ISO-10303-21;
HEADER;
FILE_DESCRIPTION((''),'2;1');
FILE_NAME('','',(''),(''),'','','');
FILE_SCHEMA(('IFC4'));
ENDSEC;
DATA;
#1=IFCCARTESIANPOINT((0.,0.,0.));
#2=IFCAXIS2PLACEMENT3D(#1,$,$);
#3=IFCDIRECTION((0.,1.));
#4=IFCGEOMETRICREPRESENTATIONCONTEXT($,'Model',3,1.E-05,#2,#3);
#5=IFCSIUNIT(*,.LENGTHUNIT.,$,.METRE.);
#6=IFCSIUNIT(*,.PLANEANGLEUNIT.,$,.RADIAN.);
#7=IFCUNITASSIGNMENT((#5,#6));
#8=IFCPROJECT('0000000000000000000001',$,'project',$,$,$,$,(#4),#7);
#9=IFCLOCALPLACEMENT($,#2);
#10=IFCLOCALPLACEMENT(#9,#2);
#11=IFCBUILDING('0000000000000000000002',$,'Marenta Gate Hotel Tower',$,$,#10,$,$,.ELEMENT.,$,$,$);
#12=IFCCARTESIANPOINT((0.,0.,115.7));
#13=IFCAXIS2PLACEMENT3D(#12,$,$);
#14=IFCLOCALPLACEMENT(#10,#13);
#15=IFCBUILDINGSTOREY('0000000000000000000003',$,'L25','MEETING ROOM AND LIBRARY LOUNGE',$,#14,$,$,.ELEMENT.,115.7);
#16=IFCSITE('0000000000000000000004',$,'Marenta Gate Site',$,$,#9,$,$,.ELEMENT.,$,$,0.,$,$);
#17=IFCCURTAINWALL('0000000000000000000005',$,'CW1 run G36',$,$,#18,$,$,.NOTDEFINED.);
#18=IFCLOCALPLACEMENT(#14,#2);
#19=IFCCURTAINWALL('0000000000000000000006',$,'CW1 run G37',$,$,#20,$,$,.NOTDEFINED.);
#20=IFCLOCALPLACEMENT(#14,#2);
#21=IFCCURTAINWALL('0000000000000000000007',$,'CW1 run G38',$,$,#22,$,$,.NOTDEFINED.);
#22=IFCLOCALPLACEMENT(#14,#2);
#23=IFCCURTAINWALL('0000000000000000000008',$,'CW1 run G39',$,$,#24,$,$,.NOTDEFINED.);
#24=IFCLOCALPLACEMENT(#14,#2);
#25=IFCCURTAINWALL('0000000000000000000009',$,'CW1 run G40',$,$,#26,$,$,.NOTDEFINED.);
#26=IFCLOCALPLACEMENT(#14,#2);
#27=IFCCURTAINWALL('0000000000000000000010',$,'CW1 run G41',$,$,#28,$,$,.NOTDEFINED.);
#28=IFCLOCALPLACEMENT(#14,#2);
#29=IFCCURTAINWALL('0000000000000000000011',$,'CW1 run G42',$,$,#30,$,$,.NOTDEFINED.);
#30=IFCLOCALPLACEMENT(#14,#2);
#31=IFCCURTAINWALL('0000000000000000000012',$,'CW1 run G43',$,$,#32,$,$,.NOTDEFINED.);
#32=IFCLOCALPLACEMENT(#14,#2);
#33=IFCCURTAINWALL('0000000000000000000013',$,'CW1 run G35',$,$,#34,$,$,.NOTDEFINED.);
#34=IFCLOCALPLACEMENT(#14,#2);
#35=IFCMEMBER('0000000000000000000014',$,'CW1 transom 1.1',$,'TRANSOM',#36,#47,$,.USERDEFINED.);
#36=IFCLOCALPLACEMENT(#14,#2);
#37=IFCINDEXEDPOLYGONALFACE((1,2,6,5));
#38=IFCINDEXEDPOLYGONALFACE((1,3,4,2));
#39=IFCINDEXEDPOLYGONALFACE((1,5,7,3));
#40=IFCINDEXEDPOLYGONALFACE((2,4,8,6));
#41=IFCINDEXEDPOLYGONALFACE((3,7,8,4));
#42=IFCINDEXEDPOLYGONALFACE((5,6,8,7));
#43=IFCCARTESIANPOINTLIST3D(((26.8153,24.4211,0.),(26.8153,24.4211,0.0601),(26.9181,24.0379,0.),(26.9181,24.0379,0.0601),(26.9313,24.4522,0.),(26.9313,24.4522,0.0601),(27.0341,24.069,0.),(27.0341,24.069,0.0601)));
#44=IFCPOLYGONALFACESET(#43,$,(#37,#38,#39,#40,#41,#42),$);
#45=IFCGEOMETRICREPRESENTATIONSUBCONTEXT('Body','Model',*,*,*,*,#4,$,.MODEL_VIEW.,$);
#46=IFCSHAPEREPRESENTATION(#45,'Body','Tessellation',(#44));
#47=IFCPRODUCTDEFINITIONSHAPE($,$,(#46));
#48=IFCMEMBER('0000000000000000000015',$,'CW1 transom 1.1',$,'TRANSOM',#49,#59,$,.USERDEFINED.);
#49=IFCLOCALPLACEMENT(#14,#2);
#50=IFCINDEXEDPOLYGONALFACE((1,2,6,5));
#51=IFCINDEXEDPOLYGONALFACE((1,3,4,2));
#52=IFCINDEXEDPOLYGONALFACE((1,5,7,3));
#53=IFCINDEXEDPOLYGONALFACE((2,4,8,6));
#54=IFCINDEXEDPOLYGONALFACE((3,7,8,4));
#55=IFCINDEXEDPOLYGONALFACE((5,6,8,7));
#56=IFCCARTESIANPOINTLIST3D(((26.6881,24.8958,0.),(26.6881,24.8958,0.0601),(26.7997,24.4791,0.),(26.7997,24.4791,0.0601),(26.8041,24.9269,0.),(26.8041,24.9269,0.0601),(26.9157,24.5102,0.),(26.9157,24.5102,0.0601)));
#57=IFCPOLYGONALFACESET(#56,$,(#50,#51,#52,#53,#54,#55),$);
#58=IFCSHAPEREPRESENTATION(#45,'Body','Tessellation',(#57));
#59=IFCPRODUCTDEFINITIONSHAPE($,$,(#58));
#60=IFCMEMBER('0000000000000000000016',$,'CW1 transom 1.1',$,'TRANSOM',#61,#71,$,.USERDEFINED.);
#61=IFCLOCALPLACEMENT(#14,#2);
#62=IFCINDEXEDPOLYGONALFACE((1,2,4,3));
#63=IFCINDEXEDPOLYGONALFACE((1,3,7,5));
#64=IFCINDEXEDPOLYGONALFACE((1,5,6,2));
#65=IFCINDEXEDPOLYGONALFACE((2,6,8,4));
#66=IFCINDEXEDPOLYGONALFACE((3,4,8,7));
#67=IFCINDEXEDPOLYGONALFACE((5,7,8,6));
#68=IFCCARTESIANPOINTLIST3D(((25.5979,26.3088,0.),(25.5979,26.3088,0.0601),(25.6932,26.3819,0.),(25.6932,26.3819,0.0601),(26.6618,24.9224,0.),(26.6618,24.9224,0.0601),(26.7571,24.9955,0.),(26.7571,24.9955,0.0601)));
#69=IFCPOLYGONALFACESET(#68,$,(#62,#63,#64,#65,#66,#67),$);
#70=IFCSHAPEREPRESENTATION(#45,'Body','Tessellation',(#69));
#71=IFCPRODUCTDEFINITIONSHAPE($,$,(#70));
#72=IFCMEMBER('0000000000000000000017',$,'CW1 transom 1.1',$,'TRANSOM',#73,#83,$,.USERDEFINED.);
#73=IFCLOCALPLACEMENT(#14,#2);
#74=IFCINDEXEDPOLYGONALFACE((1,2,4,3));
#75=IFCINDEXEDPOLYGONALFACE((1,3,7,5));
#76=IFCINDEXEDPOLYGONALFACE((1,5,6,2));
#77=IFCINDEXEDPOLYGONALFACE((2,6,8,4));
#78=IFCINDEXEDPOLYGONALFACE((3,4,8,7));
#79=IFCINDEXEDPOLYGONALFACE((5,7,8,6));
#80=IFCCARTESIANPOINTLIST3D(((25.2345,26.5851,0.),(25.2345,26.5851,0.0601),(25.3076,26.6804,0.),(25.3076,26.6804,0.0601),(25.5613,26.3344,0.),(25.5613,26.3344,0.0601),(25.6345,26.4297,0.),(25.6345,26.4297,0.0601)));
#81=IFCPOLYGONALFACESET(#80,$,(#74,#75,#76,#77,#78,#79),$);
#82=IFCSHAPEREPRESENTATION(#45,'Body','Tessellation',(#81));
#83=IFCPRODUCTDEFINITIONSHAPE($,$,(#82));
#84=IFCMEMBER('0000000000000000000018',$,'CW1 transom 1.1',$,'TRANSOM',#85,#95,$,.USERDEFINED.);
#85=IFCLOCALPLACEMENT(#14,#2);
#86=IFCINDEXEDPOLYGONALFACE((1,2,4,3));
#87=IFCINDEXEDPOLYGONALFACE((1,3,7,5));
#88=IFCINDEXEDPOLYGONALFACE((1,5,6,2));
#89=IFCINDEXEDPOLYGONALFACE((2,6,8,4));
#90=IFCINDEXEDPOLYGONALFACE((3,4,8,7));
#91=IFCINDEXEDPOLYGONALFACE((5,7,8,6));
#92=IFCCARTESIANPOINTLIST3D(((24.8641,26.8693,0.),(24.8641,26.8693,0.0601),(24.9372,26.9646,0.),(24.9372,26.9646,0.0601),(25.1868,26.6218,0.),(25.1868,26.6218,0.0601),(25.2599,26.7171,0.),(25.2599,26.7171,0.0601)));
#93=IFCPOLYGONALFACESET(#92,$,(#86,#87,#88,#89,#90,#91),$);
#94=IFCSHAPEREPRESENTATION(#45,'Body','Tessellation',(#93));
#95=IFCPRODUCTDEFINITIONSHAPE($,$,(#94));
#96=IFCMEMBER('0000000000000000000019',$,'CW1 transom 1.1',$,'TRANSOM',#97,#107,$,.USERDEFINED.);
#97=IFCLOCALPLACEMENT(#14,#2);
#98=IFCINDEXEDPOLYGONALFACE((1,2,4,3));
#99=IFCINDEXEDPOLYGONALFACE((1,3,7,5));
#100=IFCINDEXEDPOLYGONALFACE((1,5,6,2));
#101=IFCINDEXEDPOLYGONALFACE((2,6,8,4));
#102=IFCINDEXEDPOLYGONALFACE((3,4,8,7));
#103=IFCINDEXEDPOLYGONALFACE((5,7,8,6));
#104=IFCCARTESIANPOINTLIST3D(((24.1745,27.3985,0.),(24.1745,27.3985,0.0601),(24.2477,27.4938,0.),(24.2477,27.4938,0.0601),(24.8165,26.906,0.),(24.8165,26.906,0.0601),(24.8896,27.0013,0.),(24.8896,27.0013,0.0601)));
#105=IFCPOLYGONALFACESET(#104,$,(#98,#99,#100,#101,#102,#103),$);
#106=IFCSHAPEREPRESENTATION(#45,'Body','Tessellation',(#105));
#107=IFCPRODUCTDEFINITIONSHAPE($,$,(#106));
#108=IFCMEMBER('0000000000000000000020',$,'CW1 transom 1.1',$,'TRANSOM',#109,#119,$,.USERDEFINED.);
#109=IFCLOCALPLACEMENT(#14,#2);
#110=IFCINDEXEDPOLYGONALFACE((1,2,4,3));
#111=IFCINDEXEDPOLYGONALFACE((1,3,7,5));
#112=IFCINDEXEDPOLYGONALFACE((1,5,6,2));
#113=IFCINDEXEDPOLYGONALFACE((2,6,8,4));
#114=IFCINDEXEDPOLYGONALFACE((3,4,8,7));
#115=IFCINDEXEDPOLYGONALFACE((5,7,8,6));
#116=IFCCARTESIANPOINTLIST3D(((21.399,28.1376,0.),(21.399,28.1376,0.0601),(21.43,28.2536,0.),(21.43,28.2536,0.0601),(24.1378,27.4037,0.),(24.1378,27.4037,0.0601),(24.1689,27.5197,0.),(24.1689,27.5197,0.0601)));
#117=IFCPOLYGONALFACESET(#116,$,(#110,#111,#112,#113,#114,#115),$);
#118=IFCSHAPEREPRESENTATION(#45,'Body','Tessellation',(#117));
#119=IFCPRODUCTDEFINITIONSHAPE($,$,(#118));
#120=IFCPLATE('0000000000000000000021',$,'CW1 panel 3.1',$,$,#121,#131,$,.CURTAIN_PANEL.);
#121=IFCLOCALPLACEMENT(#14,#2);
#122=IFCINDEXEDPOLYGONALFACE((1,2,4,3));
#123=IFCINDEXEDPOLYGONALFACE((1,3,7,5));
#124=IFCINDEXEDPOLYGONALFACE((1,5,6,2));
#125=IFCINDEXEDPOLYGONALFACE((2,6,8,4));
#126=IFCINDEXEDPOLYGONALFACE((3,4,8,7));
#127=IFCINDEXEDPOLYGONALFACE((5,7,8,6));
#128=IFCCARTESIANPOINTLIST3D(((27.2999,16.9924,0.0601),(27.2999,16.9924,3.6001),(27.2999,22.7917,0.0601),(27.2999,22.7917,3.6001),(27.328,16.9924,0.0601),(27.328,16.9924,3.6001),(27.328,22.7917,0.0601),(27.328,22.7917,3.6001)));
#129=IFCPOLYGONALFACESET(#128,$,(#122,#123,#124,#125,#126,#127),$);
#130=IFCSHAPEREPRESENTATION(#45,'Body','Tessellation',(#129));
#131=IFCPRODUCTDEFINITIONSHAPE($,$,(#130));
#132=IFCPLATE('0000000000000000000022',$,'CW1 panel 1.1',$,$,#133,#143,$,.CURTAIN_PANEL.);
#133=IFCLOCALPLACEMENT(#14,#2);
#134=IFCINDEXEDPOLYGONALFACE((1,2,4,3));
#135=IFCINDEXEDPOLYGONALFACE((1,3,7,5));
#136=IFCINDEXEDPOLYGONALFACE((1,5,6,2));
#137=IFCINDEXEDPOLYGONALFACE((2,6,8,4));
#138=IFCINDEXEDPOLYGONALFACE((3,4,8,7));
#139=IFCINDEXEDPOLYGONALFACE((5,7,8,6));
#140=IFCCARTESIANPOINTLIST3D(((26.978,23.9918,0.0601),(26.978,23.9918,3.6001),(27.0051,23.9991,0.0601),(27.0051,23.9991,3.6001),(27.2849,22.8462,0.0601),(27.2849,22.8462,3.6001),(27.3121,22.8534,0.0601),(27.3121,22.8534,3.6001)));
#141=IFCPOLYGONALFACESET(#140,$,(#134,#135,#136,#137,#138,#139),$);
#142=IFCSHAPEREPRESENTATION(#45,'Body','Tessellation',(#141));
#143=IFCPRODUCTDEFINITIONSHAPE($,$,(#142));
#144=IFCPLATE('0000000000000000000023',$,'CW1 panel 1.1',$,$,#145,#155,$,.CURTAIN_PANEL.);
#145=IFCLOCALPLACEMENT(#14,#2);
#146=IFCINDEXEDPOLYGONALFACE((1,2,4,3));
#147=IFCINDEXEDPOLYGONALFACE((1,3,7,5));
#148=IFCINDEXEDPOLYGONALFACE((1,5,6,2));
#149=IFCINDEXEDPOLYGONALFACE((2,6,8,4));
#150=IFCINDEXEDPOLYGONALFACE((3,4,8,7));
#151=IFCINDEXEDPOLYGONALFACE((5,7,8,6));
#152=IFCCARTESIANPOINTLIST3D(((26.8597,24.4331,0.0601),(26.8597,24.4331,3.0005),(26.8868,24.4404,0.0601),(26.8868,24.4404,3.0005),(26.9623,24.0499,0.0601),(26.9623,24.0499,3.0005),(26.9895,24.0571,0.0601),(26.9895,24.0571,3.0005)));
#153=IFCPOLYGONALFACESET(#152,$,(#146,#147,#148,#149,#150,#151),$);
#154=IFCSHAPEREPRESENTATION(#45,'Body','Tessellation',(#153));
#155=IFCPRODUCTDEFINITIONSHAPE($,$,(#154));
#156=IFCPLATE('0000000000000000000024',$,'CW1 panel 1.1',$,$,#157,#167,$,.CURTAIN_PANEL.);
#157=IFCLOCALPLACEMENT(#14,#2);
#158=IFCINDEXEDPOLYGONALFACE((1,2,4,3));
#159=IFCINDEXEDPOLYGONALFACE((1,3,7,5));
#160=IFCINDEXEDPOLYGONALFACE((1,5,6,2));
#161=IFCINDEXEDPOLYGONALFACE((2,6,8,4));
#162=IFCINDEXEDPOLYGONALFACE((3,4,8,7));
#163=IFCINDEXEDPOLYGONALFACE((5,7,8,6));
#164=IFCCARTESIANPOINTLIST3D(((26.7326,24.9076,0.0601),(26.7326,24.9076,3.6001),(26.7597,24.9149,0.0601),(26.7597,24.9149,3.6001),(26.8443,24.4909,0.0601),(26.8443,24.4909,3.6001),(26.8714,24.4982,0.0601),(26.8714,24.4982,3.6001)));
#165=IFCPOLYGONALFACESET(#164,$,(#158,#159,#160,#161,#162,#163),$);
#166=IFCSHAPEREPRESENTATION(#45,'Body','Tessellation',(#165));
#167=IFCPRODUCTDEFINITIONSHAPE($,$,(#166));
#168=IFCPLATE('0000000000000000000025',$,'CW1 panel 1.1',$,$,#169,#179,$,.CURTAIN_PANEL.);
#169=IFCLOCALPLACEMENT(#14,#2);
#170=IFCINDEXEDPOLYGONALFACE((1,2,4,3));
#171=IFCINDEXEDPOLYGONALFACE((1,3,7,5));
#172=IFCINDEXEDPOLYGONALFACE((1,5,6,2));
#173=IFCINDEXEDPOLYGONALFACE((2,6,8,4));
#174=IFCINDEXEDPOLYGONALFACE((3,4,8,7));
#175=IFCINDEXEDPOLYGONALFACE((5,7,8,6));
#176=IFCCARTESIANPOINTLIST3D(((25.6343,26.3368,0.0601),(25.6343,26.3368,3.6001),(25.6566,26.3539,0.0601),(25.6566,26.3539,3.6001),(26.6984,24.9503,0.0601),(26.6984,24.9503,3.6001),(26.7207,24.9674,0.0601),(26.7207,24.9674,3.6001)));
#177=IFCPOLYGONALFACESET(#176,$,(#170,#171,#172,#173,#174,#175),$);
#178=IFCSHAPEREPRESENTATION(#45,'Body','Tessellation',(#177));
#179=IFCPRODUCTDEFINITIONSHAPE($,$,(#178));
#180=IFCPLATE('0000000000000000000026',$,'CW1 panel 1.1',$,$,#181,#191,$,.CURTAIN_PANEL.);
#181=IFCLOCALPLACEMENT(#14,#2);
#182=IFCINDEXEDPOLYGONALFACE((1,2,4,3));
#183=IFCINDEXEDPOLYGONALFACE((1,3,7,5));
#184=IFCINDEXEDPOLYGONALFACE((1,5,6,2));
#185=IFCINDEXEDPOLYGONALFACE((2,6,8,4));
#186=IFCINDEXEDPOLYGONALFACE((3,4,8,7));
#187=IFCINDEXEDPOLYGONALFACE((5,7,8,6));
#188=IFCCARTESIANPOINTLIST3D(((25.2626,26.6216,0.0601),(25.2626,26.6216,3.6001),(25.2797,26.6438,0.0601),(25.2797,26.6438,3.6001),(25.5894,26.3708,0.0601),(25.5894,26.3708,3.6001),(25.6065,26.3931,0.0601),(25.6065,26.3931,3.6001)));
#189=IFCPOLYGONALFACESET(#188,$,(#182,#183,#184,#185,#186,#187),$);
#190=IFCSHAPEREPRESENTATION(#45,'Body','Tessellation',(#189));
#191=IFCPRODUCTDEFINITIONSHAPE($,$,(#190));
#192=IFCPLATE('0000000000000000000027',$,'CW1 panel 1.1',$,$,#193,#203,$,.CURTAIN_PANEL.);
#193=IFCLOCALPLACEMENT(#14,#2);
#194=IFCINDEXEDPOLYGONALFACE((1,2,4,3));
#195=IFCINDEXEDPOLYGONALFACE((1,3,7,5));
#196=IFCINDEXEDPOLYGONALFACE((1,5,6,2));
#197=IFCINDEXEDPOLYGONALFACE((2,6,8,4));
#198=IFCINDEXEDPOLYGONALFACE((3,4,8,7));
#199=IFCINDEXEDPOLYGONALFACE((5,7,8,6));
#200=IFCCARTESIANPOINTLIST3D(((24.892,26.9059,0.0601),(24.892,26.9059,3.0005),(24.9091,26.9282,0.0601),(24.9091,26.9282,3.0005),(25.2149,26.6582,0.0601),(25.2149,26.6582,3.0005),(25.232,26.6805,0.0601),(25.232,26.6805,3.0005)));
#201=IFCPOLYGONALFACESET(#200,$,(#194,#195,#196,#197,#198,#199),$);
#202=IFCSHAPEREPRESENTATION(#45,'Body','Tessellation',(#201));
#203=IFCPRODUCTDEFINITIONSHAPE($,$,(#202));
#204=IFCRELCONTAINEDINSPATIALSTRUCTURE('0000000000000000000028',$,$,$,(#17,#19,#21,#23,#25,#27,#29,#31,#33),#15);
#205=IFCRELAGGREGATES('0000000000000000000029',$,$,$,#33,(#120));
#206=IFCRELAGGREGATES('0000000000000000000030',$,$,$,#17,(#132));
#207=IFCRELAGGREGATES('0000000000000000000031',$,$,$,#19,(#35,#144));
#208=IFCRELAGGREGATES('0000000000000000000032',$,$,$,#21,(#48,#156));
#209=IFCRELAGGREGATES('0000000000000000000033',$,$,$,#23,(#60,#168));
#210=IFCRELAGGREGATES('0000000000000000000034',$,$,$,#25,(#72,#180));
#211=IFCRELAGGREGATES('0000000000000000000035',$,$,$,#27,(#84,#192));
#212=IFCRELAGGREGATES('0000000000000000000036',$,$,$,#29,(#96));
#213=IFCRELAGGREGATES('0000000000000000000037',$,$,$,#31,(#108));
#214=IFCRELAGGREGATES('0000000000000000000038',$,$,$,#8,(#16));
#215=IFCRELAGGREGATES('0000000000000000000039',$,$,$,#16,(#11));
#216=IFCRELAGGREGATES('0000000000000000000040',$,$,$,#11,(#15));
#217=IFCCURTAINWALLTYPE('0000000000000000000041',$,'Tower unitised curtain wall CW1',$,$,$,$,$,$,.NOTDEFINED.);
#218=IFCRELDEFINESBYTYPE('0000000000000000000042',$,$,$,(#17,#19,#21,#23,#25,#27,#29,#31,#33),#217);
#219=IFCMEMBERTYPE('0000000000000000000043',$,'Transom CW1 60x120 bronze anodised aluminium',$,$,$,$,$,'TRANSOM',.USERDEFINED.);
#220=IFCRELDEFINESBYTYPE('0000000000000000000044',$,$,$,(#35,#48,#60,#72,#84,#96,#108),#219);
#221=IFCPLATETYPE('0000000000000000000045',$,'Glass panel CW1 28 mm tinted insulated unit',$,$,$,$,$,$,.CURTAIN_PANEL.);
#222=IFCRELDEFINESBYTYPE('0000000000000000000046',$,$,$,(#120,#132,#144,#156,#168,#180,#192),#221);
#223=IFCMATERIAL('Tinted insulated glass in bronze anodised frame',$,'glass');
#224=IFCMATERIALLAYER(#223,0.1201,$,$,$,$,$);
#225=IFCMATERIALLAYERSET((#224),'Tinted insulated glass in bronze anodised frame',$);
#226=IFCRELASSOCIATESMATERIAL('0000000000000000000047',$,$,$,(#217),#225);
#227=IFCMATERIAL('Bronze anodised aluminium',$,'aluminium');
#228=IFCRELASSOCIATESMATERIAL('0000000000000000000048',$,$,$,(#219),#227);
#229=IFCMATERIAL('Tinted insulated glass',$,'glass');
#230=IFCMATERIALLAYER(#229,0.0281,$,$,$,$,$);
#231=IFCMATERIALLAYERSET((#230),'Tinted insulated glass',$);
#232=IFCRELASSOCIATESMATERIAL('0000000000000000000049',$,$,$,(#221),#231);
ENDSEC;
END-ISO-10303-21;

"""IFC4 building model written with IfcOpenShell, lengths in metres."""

from ifc_helpers import new_model, si_unit, direction, frame, origin, origin_2d, place, context, subcontext, project, spatial, rectangle, extrude, material, layer, layer_set, material_profile, profile_set, type_object, element, aggregate, save


model = new_model("IFC4")

# Units and contexts
model_context = context("Model", 3, precision=1e-05, world=origin(), true_north=direction((0.0, 1.0)))
body_context = subcontext(model_context, "Body", "Model", "MODEL_VIEW")
ifc_project = project(units=[si_unit("LENGTHUNIT", "METRE"), si_unit("PLANEANGLEUNIT", "RADIAN")], contexts=[model_context])

# Site, building, storey
site_placement = place(None, origin())
site = spatial("IfcSite", under=ifc_project, at=site_placement, Name="Marenta Gate Site", CompositionType="ELEMENT", RefElevation=0.0)
building_placement = place(site_placement, origin())
building = spatial("IfcBuilding", under=site, at=building_placement, Name="Marenta Gate Hotel Tower", CompositionType="ELEMENT")
storey_placement = place(building_placement, frame((0.0, 0.0, 115.7)))
storey = spatial("IfcBuildingStorey", under=building, at=storey_placement, Name="L25", Description="MEETING ROOM AND LIBRARY LOUNGE", CompositionType="ELEMENT", Elevation=115.7)

# Curtain walls
ifc_material_1 = material(Name="Tinted insulated glass in bronze anodised frame", Category="glass")
ifc_layer_1 = layer(ifc_material_1, 0.1201)
ifc_layer_set_1 = layer_set([ifc_layer_1], Name="Tinted insulated glass in bronze anodised frame")
curtain_wall_type = type_object("IfcCurtainWallType", Name="Tower unitised curtain wall CW1", PredefinedType="NOTDEFINED", material=ifc_layer_set_1)
curtain_wall_1_placement = place(storey_placement, origin())
curtain_wall_1 = element("IfcCurtainWall", 1, at=curtain_wall_1_placement, inside=storey, type_object=curtain_wall_type, Name="CW1 run G36", PredefinedType="NOTDEFINED")
curtain_wall_2_placement = place(storey_placement, origin())
curtain_wall_2 = element("IfcCurtainWall", 2, at=curtain_wall_2_placement, inside=storey, type_object=curtain_wall_type, Name="CW1 run G37", PredefinedType="NOTDEFINED")
curtain_wall_3_placement = place(storey_placement, origin())
curtain_wall_3 = element("IfcCurtainWall", 3, at=curtain_wall_3_placement, inside=storey, type_object=curtain_wall_type, Name="CW1 run G38", PredefinedType="NOTDEFINED")
curtain_wall_4_placement = place(storey_placement, origin())
curtain_wall_4 = element("IfcCurtainWall", 4, at=curtain_wall_4_placement, inside=storey, type_object=curtain_wall_type, Name="CW1 run G39", PredefinedType="NOTDEFINED")
curtain_wall_5_placement = place(storey_placement, origin())
curtain_wall_5 = element("IfcCurtainWall", 5, at=curtain_wall_5_placement, inside=storey, type_object=curtain_wall_type, Name="CW1 run G40", PredefinedType="NOTDEFINED")
curtain_wall_6_placement = place(storey_placement, origin())
curtain_wall_6 = element("IfcCurtainWall", 6, at=curtain_wall_6_placement, inside=storey, type_object=curtain_wall_type, Name="CW1 run G41", PredefinedType="NOTDEFINED")
curtain_wall_7_placement = place(storey_placement, origin())
curtain_wall_7 = element("IfcCurtainWall", 7, at=curtain_wall_7_placement, inside=storey, type_object=curtain_wall_type, Name="CW1 run G42", PredefinedType="NOTDEFINED")
curtain_wall_8_placement = place(storey_placement, origin())
curtain_wall_8 = element("IfcCurtainWall", 8, at=curtain_wall_8_placement, inside=storey, type_object=curtain_wall_type, Name="CW1 run G43", PredefinedType="NOTDEFINED")
curtain_wall_9_placement = place(storey_placement, origin())
curtain_wall_9 = element("IfcCurtainWall", 9, at=curtain_wall_9_placement, inside=storey, type_object=curtain_wall_type, Name="CW1 run G35", PredefinedType="NOTDEFINED")
ifc_material_2 = material(Name="Bronze anodised aluminium", Category="aluminium")
ifc_material_profile_1 = material_profile(ifc_material_2, rectangle(XDim=0.1201, YDim=0.0601, at=origin_2d()), Name="Transom CW1 60x120 bronze anodised aluminium")
ifc_profile_set_1 = profile_set([ifc_material_profile_1], Name="Bronze anodised aluminium")
member_type_1 = type_object("IfcMemberType", Name="Transom CW1 60x120 bronze anodised aluminium", ElementType="TRANSOM", PredefinedType="USERDEFINED", material=ifc_profile_set_1)

# Members
member_1_placement = place(storey_placement, frame((26.9761, 24.0535, 0.03), z_axis=(-0.259157, 0.965835, 0.0), x_axis=(-0.965835, -0.259157, 0.0)))
member_1 = element("IfcMember", 10, at=member_1_placement, type_object=member_type_1, Name="CW1 transom 1.1", ObjectType="TRANSOM", PredefinedType="USERDEFINED", context=body_context, shape_type="SweptSolid", body=[
    extrude(rectangle(XDim=0.1201, YDim=0.0601, at=origin_2d()), origin(), (0.0, 0.0, 1.0), 0.3967),
])
member_2_placement = place(storey_placement, frame((26.8577, 24.4946, 0.03), z_axis=(-0.258614, 0.965981, 0.0), x_axis=(-0.965981, -0.258614, 0.0)))
member_2 = element("IfcMember", 11, at=member_2_placement, type_object=member_type_1, Name="CW1 transom 1.1", ObjectType="TRANSOM", PredefinedType="USERDEFINED", context=body_context, shape_type="SweptSolid", body=[
    extrude(rectangle(XDim=0.1201, YDim=0.0601, at=origin_2d()), origin(), (0.0, 0.0, 1.0), 0.4314),
])
member_3_placement = place(storey_placement, frame((26.7095, 24.959, 0.03), z_axis=(-0.608792, 0.79333, 0.0), x_axis=(-0.79333, -0.608792, 0.0)))
member_3 = element("IfcMember", 12, at=member_3_placement, type_object=member_type_1, Name="CW1 transom 1.1", ObjectType="TRANSOM", PredefinedType="USERDEFINED", context=body_context, shape_type="SweptSolid", body=[
    extrude(rectangle(XDim=0.1201, YDim=0.0601, at=origin_2d()), origin(), (0.0, 0.0, 1.0), 1.7476),
])
member_4_placement = place(storey_placement, frame((25.5979, 26.3821, 0.03), z_axis=(-0.793482, 0.608593, 0.0), x_axis=(-0.608593, -0.793482, 0.0)))
member_4 = element("IfcMember", 13, at=member_4_placement, type_object=member_type_1, Name="CW1 transom 1.1", ObjectType="TRANSOM", PredefinedType="USERDEFINED", context=body_context, shape_type="SweptSolid", body=[
    extrude(rectangle(XDim=0.1201, YDim=0.0601, at=origin_2d()), origin(), (0.0, 0.0, 1.0), 0.4119),
])
member_5_placement = place(storey_placement, frame((25.2234, 26.6694, 0.03), z_axis=(-0.793471, 0.608608, 0.0), x_axis=(-0.608608, -0.793471, 0.0)))
member_5 = element("IfcMember", 14, at=member_5_placement, type_object=member_type_1, Name="CW1 transom 1.1", ObjectType="TRANSOM", PredefinedType="USERDEFINED", context=body_context, shape_type="SweptSolid", body=[
    extrude(rectangle(XDim=0.1201, YDim=0.0601, at=origin_2d()), origin(), (0.0, 0.0, 1.0), 0.4067),
])
member_6_placement = place(storey_placement, frame((24.853, 26.9536, 0.03), z_axis=(-0.793397, 0.608704, 0.0), x_axis=(-0.608704, -0.793397, 0.0)))
member_6 = element("IfcMember", 15, at=member_6_placement, type_object=member_type_1, Name="CW1 transom 1.1", ObjectType="TRANSOM", PredefinedType="USERDEFINED", context=body_context, shape_type="SweptSolid", body=[
    extrude(rectangle(XDim=0.1201, YDim=0.0601, at=origin_2d()), origin(), (0.0, 0.0, 1.0), 0.8091),
])
member_7_placement = place(storey_placement, frame((24.1533, 27.4617, 0.03), z_axis=(-0.965923, 0.258831, 0.0), x_axis=(-0.258831, -0.965923, 0.0)))
member_7 = element("IfcMember", 16, at=member_7_placement, type_object=member_type_1, Name="CW1 transom 1.1", ObjectType="TRANSOM", PredefinedType="USERDEFINED", context=body_context, shape_type="SweptSolid", body=[
    extrude(rectangle(XDim=0.1201, YDim=0.0601, at=origin_2d()), origin(), (0.0, 0.0, 1.0), 2.8354),
])

# Plates
ifc_material_3 = material(Name="Tinted insulated glass", Category="glass")
ifc_layer_2 = layer(ifc_material_3, 0.0281)
ifc_layer_set_2 = layer_set([ifc_layer_2], Name="Tinted insulated glass")
plate_type = type_object("IfcPlateType", Name="Glass panel CW1 28 mm tinted insulated unit", PredefinedType="CURTAIN_PANEL", material=ifc_layer_set_2)
plate_1_placement = place(storey_placement, frame((27.314, 19.8921, 0.0601), z_axis=(0.0, 0.0, 1.0), x_axis=(0.0, 1.0, 0.0)))
plate_1 = element("IfcPlate", 17, at=plate_1_placement, type_object=plate_type, Name="CW1 panel 3.1", PredefinedType="CURTAIN_PANEL", context=body_context, shape_type="SweptSolid", body=[
    extrude(rectangle(XDim=5.7993, YDim=0.0281, at=origin_2d()), origin(), (0.0, 0.0, 1.0), 3.54),
])
aggregate(curtain_wall_9, [plate_1])
plate_2_placement = place(storey_placement, frame((27.145, 23.4226, 0.0601), z_axis=(0.0, 0.0, 1.0), x_axis=(-0.258816, 0.965927, 0.0)))
plate_2 = element("IfcPlate", 18, at=plate_2_placement, type_object=plate_type, Name="CW1 panel 1.1", PredefinedType="CURTAIN_PANEL", context=body_context, shape_type="SweptSolid", body=[
    extrude(rectangle(XDim=1.186, YDim=0.0281, at=origin_2d()), origin(), (0.0, 0.0, 1.0), 3.54),
])
aggregate(curtain_wall_1, [plate_2])
plate_3_placement = place(storey_placement, frame((26.9246, 24.2451, 0.0601), z_axis=(0.0, 0.0, 1.0), x_axis=(-0.258835, 0.965922, 0.0)))
plate_3 = element("IfcPlate", 19, at=plate_3_placement, type_object=plate_type, Name="CW1 panel 1.1", PredefinedType="CURTAIN_PANEL", context=body_context, shape_type="SweptSolid", body=[
    extrude(rectangle(XDim=0.3967, YDim=0.0281, at=origin_2d()), origin(), (0.0, 0.0, 1.0), 2.9404),
])
aggregate(curtain_wall_2, [member_1, plate_3])
plate_4_placement = place(storey_placement, frame((26.802, 24.7029, 0.0601), z_axis=(0.0, 0.0, 1.0), x_axis=(-0.258828, 0.965924, 0.0)))
plate_4 = element("IfcPlate", 20, at=plate_4_placement, type_object=plate_type, Name="CW1 panel 1.1", PredefinedType="CURTAIN_PANEL", context=body_context, shape_type="SweptSolid", body=[
    extrude(rectangle(XDim=0.4314, YDim=0.0281, at=origin_2d()), origin(), (0.0, 0.0, 1.0), 3.54),
])
aggregate(curtain_wall_3, [member_2, plate_4])
plate_5_placement = place(storey_placement, frame((26.1775, 25.6521, 0.0601), z_axis=(0.0, 0.0, 1.0), x_axis=(-0.608796, 0.793327, 0.0)))
plate_5 = element("IfcPlate", 21, at=plate_5_placement, type_object=plate_type, Name="CW1 panel 1.1", PredefinedType="CURTAIN_PANEL", context=body_context, shape_type="SweptSolid", body=[
    extrude(rectangle(XDim=1.7478, YDim=0.0281, at=origin_2d()), origin(), (0.0, 0.0, 1.0), 3.54),
])
aggregate(curtain_wall_4, [member_3, plate_5])
plate_6_placement = place(storey_placement, frame((25.4346, 26.5073, 0.0601), z_axis=(0.0, 0.0, 1.0), x_axis=(-0.79334, 0.608778, 0.0)))
plate_6 = element("IfcPlate", 22, at=plate_6_placement, type_object=plate_type, Name="CW1 panel 1.1", PredefinedType="CURTAIN_PANEL", context=body_context, shape_type="SweptSolid", body=[
    extrude(rectangle(XDim=0.4119, YDim=0.0281, at=origin_2d()), origin(), (0.0, 0.0, 1.0), 3.54),
])
aggregate(curtain_wall_5, [member_4, plate_6])
plate_7_placement = place(storey_placement, frame((25.062, 26.7932, 0.0601), z_axis=(0.0, 0.0, 1.0), x_axis=(-0.793372, 0.608737, 0.0)))
plate_7 = element("IfcPlate", 23, at=plate_7_placement, type_object=plate_type, Name="CW1 panel 1.1", PredefinedType="CURTAIN_PANEL", context=body_context, shape_type="SweptSolid", body=[
    extrude(rectangle(XDim=0.407, YDim=0.0281, at=origin_2d()), origin(), (0.0, 0.0, 1.0), 2.9404),
])
aggregate(curtain_wall_6, [member_5, plate_7])
aggregate(curtain_wall_7, [member_6])
aggregate(curtain_wall_8, [member_7])

save(model, "model.ifc")
